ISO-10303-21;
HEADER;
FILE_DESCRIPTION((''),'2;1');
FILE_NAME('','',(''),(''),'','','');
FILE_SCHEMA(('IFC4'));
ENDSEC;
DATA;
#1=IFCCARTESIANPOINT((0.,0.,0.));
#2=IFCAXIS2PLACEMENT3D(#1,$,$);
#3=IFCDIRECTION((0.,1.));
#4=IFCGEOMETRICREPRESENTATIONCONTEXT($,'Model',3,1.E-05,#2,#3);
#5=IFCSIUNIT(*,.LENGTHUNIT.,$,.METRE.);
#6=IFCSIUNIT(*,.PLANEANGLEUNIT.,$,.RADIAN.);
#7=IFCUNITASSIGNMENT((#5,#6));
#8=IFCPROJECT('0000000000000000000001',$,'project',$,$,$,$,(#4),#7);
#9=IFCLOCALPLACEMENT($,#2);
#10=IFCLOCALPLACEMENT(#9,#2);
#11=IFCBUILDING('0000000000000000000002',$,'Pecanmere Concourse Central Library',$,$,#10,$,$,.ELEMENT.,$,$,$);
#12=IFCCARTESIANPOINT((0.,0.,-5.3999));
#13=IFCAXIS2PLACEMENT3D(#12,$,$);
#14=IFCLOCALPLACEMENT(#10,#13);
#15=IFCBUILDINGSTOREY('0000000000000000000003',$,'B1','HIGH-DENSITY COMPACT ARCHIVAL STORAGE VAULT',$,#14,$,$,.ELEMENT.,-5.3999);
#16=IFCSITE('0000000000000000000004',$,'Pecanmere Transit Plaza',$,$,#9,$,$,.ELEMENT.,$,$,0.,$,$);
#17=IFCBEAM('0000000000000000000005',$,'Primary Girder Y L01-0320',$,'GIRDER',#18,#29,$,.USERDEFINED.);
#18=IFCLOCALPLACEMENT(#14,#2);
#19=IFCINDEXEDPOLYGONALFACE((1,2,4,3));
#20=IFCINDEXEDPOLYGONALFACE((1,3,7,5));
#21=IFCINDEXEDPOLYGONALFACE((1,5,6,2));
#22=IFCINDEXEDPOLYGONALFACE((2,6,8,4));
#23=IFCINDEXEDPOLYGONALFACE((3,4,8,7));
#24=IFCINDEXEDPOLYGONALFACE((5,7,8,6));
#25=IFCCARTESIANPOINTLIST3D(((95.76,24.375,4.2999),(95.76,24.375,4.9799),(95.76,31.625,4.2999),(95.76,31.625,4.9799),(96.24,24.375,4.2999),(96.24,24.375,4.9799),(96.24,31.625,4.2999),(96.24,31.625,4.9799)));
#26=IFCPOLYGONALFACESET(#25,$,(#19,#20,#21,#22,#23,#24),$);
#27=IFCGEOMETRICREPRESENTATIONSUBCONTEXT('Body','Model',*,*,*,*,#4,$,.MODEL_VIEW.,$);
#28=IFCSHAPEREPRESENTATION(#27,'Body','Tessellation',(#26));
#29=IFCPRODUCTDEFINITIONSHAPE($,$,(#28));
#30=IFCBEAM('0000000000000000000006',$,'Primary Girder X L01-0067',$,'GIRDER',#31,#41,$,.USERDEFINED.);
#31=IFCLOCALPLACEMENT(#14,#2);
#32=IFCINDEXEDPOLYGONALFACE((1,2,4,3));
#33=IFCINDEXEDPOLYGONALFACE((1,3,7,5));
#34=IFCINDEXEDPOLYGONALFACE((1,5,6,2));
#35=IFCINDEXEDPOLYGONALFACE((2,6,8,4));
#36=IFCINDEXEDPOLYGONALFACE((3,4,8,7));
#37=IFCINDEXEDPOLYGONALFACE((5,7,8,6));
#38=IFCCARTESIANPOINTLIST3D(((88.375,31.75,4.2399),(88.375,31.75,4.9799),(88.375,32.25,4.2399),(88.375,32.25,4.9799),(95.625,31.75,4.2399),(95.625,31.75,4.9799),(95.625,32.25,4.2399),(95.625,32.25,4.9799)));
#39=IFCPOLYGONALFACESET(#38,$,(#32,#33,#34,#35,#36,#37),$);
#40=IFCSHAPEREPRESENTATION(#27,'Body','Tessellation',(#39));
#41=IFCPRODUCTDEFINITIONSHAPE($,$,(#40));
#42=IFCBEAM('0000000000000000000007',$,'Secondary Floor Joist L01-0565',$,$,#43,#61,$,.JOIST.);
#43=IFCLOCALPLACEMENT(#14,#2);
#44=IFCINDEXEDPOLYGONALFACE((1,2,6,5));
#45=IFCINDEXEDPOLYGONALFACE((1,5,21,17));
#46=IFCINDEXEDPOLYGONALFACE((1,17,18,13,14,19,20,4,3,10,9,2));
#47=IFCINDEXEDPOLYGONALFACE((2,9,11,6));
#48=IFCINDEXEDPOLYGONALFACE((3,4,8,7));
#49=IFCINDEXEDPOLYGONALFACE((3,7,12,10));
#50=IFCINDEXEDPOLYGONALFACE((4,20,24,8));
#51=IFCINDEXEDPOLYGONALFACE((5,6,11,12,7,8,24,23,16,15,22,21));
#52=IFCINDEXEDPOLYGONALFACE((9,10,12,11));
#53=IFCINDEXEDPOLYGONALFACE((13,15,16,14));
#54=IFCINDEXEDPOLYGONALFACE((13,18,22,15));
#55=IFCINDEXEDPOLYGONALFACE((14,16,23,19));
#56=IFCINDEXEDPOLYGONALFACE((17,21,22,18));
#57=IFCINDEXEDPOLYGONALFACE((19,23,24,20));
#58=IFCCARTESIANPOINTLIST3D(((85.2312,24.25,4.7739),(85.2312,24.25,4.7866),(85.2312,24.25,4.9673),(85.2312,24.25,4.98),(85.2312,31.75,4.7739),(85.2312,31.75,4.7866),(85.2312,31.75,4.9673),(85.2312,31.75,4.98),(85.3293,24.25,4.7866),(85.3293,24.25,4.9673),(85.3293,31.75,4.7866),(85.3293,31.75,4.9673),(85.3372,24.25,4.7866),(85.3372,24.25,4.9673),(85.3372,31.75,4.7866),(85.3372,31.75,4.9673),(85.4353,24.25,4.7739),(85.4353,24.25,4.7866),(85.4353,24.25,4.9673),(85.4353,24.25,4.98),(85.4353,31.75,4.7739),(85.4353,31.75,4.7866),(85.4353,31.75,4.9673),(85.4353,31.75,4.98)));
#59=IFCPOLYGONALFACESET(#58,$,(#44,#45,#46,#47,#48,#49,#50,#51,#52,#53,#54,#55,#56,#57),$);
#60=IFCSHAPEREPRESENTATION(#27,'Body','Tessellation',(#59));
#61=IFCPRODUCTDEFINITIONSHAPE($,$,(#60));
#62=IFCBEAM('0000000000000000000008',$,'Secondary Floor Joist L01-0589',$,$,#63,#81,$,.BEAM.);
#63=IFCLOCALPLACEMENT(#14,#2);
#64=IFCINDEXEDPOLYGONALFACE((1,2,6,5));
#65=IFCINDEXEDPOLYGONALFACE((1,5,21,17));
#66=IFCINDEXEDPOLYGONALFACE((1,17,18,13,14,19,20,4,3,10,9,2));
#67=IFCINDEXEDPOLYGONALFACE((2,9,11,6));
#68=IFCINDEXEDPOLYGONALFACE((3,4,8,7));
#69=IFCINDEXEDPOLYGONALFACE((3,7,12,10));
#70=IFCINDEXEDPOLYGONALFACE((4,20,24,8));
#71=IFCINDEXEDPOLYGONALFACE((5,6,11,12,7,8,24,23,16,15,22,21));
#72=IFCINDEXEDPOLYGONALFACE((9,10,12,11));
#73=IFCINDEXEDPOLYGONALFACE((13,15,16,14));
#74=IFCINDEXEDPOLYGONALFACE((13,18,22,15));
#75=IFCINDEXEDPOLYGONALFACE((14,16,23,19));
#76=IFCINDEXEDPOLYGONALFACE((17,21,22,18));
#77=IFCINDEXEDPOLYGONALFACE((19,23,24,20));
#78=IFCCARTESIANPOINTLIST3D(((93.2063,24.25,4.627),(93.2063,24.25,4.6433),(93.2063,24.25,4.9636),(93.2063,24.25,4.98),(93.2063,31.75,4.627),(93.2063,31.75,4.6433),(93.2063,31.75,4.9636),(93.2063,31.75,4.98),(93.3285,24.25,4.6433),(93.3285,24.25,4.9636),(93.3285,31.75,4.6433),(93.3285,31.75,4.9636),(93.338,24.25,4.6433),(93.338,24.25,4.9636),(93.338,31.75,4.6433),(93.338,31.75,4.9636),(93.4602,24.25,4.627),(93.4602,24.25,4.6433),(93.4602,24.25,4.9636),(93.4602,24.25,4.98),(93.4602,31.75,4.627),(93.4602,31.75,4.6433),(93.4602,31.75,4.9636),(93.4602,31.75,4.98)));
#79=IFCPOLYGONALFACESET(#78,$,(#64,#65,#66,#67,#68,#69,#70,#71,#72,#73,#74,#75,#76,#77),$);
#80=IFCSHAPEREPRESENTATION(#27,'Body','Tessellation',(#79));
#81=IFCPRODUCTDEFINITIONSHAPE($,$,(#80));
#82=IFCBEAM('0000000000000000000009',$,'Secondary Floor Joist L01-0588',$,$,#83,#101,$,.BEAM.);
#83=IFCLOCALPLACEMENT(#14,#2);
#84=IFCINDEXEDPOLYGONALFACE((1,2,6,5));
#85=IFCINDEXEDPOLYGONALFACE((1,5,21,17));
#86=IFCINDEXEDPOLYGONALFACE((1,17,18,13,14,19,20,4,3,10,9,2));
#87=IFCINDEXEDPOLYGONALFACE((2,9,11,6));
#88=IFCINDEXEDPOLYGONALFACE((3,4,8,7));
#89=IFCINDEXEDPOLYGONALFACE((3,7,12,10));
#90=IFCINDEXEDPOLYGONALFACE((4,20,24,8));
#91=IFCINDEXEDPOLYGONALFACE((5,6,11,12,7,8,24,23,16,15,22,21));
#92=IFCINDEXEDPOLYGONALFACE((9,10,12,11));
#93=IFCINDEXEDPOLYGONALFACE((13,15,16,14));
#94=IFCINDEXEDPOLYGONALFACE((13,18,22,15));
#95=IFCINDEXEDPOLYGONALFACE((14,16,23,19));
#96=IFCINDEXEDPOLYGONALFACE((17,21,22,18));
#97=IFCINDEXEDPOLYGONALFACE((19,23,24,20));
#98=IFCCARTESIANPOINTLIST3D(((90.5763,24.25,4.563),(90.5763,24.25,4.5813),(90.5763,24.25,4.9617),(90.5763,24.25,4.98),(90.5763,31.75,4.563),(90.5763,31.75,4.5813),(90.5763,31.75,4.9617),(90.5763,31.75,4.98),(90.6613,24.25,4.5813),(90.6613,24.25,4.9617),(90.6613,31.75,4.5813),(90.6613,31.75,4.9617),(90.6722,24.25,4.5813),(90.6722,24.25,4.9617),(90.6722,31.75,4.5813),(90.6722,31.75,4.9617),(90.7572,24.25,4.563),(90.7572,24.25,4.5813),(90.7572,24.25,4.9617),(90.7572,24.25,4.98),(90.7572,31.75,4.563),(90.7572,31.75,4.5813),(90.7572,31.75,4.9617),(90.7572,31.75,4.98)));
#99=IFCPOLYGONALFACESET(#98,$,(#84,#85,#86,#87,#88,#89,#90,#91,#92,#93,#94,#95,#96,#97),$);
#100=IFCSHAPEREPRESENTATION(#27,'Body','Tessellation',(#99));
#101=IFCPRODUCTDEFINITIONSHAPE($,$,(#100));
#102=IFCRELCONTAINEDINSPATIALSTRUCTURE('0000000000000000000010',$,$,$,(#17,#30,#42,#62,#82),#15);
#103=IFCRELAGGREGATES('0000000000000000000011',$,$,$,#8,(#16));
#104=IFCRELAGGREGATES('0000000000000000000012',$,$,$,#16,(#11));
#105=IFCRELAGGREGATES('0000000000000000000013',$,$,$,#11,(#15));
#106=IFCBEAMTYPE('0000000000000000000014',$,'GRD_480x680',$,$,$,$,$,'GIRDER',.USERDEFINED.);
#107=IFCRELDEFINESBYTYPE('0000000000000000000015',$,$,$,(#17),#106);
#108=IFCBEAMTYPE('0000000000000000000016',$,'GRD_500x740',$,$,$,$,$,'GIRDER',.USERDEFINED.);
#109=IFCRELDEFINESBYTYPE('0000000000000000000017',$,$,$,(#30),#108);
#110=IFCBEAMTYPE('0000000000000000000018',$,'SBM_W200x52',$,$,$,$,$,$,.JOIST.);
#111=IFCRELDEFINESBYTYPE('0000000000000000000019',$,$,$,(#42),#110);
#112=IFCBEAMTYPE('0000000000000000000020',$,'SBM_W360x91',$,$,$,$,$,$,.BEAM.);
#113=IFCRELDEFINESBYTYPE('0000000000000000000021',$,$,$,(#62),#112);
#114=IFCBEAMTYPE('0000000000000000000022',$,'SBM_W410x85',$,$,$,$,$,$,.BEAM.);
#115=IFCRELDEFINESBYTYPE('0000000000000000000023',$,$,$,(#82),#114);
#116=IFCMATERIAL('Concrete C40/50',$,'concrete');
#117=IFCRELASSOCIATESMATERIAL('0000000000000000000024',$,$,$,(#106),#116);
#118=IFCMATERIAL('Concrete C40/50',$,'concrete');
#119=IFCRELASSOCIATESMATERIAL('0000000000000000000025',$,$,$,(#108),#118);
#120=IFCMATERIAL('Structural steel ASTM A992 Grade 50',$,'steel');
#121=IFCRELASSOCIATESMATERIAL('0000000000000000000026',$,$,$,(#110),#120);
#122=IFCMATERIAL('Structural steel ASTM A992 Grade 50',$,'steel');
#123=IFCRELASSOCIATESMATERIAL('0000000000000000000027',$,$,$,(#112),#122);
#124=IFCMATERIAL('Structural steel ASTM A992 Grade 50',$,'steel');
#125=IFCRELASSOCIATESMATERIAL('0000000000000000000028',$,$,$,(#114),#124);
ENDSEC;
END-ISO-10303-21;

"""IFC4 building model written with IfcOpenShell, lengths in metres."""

from ifc_helpers import new_model, si_unit, direction, frame, origin, origin_2d, place, context, subcontext, project, spatial, rectangle, i_section, extrude, material, material_profile, profile_set, type_object, element, save


model = new_model("IFC4")

# Units and contexts
model_context = context("Model", 3, precision=1e-05, world=origin(), true_north=direction((0.0, 1.0)))
body_context = subcontext(model_context, "Body", "Model", "MODEL_VIEW")
ifc_project = project(units=[si_unit("LENGTHUNIT", "METRE"), si_unit("PLANEANGLEUNIT", "RADIAN")], contexts=[model_context])

# Site, building, storey
site_placement = place(None, origin())
site = spatial("IfcSite", under=ifc_project, at=site_placement, Name="Pecanmere Transit Plaza", CompositionType="ELEMENT", RefElevation=0.0)
building_placement = place(site_placement, origin())
building = spatial("IfcBuilding", under=site, at=building_placement, Name="Pecanmere Concourse Central Library", CompositionType="ELEMENT")
storey_placement = place(building_placement, frame((0.0, 0.0, -5.3999)))
storey = spatial("IfcBuildingStorey", under=building, at=storey_placement, Name="B1", Description="HIGH-DENSITY COMPACT ARCHIVAL STORAGE VAULT", CompositionType="ELEMENT", Elevation=-5.3999)

# Beams
ifc_material_1 = material(Name="Concrete C40/50", Category="concrete")
ifc_material_profile_1 = material_profile(ifc_material_1, rectangle(XDim=0.48, YDim=0.6799, at=origin_2d()), Name="RC 480x680")
ifc_profile_set_1 = profile_set([ifc_material_profile_1], Name="Concrete C40/50")
beam_type_1 = type_object("IfcBeamType", Name="GRD_480x680", ElementType="GIRDER", PredefinedType="USERDEFINED", material=ifc_profile_set_1)
for number, where, z_axis, x_axis, name in (
    (1, (96.0, 24.375, 4.6399), (0.0, 1.0, 0.0), (-1.0, 0.0, 0.0), "Primary Girder Y L01-0320"),
):
    element("IfcBeam", number, at=place(storey_placement, frame(where, z_axis=z_axis, x_axis=x_axis)), inside=storey, type_object=beam_type_1, Name=name, ObjectType="GIRDER", PredefinedType="USERDEFINED", context=body_context, shape_type="SweptSolid", body=[
        extrude(rectangle(XDim=0.48, YDim=0.6799, at=origin_2d()), origin(), (0.0, 0.0, 1.0), 7.25),
    ])
ifc_material_2 = material(Name="Concrete C40/50", Category="concrete")
ifc_material_profile_2 = material_profile(ifc_material_2, rectangle(XDim=0.5, YDim=0.74, at=origin_2d()), Name="RC 500x740")
ifc_profile_set_2 = profile_set([ifc_material_profile_2], Name="Concrete C40/50")
beam_type_2 = type_object("IfcBeamType", Name="GRD_500x740", ElementType="GIRDER", PredefinedType="USERDEFINED", material=ifc_profile_set_2)
beam_1_placement = place(storey_placement, frame((88.375, 32.0, 4.6099), z_axis=(1.0, 0.0, 0.0), x_axis=(0.0, 1.0, 0.0)))
element("IfcBeam", 2, at=beam_1_placement, inside=storey, type_object=beam_type_2, Name="Primary Girder X L01-0067", ObjectType="GIRDER", PredefinedType="USERDEFINED", context=body_context, shape_type="SweptSolid", body=[
    extrude(rectangle(XDim=0.5, YDim=0.74, at=origin_2d()), origin(), (0.0, 0.0, 1.0), 7.25),
])
ifc_material_3 = material(Name="Structural steel ASTM A992 Grade 50", Category="steel")
ifc_material_profile_3 = material_profile(ifc_material_3, i_section(OverallWidth=0.2041, OverallDepth=0.2061, WebThickness=0.0078, FlangeThickness=0.0127, at=origin_2d()), Name="W200x52")
ifc_profile_set_3 = profile_set([ifc_material_profile_3], Name="Structural steel ASTM A992 Grade 50")
beam_type_3 = type_object("IfcBeamType", Name="SBM_W200x52", PredefinedType="JOIST", material=ifc_profile_set_3)
beam_2_placement = place(storey_placement, frame((85.3333, 24.25, 4.877), z_axis=(0.0, 1.0, 0.0), x_axis=(-1.0, 0.0, 0.0)))
element("IfcBeam", 3, at=beam_2_placement, inside=storey, type_object=beam_type_3, Name="Secondary Floor Joist L01-0565", PredefinedType="JOIST", context=body_context, shape_type="SweptSolid", body=[
    extrude(i_section(OverallWidth=0.2041, OverallDepth=0.2061, WebThickness=0.0078, FlangeThickness=0.0127, at=origin_2d()), origin(), (0.0, 0.0, 1.0), 7.5),
])
ifc_material_4 = material(Name="Structural steel ASTM A992 Grade 50", Category="steel")
ifc_material_profile_4 = material_profile(ifc_material_4, i_section(OverallWidth=0.2539, OverallDepth=0.353, WebThickness=0.0095, FlangeThickness=0.0164, at=origin_2d()), Name="W360x91")
ifc_profile_set_4 = profile_set([ifc_material_profile_4], Name="Structural steel ASTM A992 Grade 50")
beam_type_4 = type_object("IfcBeamType", Name="SBM_W360x91", PredefinedType="BEAM", material=ifc_profile_set_4)
beam_3_placement = place(storey_placement, frame((93.3333, 24.25, 4.8035), z_axis=(0.0, 1.0, 0.0), x_axis=(-1.0, 0.0, 0.0)))
element("IfcBeam", 4, at=beam_3_placement, inside=storey, type_object=beam_type_4, Name="Secondary Floor Joist L01-0589", PredefinedType="BEAM", context=body_context, shape_type="SweptSolid", body=[
    extrude(i_section(OverallWidth=0.2539, OverallDepth=0.353, WebThickness=0.0095, FlangeThickness=0.0164, at=origin_2d()), origin(), (0.0, 0.0, 1.0), 7.5),
])
ifc_material_5 = material(Name="Structural steel ASTM A992 Grade 50", Category="steel")
ifc_material_profile_5 = material_profile(ifc_material_5, i_section(OverallWidth=0.1809, OverallDepth=0.417, WebThickness=0.011, FlangeThickness=0.0183, at=origin_2d()), Name="W410x85")
ifc_profile_set_5 = profile_set([ifc_material_profile_5], Name="Structural steel ASTM A992 Grade 50")
beam_type_5 = type_object("IfcBeamType", Name="SBM_W410x85", PredefinedType="BEAM", material=ifc_profile_set_5)
beam_4_placement = place(storey_placement, frame((90.6667, 24.25, 4.7715), z_axis=(0.0, 1.0, 0.0), x_axis=(-1.0, 0.0, 0.0)))
element("IfcBeam", 5, at=beam_4_placement, inside=storey, type_object=beam_type_5, Name="Secondary Floor Joist L01-0588", PredefinedType="BEAM", context=body_context, shape_type="SweptSolid", body=[
    extrude(i_section(OverallWidth=0.1809, OverallDepth=0.417, WebThickness=0.011, FlangeThickness=0.0183, at=origin_2d()), origin(), (0.0, 0.0, 1.0), 7.5),
])

save(model, "model.ifc")
